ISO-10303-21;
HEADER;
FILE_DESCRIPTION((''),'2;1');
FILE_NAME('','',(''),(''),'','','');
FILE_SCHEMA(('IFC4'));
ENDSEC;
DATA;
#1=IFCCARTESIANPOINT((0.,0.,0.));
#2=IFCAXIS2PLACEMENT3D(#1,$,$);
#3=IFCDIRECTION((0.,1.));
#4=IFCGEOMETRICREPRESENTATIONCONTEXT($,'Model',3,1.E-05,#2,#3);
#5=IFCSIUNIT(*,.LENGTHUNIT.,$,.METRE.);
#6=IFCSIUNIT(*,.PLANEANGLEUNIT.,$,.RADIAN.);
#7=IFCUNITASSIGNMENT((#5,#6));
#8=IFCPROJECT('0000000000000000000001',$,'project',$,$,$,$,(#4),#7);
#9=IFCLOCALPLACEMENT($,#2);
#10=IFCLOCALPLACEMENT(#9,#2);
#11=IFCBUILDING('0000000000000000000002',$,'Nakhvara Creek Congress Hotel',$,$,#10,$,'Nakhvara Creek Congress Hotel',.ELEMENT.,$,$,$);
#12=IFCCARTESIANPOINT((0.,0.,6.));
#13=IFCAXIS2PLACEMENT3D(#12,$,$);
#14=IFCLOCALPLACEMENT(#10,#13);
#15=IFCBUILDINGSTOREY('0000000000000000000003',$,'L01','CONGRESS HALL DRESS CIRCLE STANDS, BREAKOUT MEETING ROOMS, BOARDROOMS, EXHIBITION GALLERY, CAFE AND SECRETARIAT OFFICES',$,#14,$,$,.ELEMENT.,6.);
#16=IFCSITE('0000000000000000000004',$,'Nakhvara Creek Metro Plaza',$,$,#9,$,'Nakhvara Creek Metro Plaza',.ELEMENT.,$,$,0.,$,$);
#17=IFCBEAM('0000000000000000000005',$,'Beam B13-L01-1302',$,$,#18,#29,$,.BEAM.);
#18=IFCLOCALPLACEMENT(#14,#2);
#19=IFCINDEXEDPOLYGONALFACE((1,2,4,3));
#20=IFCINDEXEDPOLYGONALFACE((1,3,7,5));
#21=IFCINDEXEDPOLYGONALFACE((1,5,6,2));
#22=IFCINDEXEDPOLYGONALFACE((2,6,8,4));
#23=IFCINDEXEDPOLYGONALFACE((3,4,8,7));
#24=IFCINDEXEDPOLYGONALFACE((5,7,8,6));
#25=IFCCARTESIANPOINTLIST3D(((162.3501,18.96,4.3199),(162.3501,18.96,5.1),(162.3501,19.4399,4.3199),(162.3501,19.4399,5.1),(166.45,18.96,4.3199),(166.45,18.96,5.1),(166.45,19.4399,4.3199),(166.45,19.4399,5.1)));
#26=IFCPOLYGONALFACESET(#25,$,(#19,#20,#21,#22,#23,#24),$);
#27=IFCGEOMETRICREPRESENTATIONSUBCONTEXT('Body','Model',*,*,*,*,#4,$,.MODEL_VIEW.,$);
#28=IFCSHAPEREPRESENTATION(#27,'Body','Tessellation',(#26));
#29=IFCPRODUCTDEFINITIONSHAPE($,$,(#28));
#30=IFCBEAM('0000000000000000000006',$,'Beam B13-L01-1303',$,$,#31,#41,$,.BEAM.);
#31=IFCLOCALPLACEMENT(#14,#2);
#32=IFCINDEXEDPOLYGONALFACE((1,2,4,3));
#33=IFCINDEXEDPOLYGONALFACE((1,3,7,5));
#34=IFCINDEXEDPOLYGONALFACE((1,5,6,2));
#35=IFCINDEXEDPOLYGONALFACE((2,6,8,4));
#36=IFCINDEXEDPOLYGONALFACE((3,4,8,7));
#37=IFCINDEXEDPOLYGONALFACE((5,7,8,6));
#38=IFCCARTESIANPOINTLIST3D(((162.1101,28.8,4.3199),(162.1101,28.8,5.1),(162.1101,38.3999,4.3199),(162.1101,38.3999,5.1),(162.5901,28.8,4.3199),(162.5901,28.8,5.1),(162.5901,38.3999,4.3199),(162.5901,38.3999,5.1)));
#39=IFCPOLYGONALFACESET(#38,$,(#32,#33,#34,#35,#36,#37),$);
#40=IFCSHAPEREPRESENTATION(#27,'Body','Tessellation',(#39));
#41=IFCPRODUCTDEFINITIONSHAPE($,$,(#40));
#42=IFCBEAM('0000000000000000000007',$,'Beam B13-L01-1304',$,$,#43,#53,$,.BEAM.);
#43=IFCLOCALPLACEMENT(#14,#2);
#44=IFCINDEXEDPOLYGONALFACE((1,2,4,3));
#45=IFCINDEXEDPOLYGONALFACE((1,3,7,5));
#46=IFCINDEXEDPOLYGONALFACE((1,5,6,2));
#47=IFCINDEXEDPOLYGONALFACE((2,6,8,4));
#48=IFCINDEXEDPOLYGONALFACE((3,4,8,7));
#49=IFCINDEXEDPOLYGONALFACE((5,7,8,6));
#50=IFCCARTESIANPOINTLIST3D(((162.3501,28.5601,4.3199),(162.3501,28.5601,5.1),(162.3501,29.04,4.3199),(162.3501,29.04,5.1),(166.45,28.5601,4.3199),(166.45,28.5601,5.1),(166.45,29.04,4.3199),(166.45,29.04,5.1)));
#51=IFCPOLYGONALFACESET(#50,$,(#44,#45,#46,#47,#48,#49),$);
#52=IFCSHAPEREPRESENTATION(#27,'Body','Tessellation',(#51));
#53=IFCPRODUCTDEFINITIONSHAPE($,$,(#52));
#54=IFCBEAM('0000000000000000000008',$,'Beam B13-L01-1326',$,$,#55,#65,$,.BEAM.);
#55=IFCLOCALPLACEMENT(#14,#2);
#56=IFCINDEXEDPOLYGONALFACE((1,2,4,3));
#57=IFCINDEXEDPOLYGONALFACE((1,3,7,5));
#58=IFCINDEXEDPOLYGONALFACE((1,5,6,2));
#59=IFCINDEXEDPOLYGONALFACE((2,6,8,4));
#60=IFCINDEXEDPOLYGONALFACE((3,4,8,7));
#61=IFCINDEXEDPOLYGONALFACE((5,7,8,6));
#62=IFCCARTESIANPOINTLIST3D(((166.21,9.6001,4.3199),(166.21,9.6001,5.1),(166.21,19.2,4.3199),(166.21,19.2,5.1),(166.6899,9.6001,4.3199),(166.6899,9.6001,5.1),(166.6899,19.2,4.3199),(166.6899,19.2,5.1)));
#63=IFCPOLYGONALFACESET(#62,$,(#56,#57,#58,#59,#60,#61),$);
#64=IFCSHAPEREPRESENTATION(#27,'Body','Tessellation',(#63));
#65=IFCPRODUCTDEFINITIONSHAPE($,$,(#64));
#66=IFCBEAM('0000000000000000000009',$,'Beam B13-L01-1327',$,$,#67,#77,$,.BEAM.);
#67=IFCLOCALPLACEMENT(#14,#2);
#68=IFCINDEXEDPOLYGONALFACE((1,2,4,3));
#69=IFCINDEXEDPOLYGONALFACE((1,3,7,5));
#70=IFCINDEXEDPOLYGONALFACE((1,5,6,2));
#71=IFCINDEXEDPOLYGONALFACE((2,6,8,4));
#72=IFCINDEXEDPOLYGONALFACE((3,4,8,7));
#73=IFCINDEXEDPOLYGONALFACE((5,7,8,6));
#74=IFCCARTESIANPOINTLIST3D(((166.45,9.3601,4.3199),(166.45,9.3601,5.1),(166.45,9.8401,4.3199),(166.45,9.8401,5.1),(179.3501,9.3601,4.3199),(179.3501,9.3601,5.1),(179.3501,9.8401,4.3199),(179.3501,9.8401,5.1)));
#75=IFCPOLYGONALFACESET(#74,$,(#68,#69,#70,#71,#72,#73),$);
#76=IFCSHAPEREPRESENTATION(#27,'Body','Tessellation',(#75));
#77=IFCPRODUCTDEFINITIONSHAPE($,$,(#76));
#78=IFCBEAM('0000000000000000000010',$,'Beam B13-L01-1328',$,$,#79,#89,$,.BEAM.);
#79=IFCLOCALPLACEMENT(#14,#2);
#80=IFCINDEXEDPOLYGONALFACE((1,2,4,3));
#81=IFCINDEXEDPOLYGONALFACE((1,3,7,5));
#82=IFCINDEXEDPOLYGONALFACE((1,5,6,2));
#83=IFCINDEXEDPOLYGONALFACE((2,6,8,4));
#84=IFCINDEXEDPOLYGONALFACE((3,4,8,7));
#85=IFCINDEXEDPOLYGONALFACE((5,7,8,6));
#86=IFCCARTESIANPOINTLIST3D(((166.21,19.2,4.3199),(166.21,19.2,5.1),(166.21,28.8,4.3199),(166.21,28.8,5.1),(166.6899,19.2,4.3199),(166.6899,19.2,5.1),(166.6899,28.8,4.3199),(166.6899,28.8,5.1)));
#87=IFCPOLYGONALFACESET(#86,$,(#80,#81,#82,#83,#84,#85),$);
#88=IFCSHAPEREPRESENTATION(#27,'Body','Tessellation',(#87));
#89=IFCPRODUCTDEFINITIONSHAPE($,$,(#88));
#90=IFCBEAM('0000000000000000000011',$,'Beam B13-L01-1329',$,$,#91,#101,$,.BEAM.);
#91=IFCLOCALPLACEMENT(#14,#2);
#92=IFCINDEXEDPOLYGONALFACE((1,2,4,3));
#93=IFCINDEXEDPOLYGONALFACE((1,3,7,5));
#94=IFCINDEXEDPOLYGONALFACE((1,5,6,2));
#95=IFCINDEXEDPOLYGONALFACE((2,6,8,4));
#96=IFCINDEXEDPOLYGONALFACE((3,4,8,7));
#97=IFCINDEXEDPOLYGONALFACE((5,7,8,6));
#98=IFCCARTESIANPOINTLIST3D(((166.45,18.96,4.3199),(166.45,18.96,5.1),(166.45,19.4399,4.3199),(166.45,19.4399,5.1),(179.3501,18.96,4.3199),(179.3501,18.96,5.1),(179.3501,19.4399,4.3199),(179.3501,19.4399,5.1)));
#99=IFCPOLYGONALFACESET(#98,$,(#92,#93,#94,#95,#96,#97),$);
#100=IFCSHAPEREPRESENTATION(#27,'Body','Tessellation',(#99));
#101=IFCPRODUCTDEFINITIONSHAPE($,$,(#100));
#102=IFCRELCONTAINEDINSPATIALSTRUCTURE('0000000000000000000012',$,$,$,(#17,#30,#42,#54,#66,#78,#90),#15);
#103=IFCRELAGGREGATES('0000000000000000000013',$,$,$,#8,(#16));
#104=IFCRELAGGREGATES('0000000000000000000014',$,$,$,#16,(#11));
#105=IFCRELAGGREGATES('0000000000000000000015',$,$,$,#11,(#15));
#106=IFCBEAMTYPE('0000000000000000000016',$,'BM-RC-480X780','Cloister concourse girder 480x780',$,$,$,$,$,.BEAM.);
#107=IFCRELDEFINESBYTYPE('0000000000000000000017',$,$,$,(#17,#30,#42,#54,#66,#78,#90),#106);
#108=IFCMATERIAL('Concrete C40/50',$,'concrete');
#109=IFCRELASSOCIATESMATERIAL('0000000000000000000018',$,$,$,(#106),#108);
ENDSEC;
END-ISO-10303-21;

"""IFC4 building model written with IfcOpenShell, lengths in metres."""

from ifc_helpers import new_model, si_unit, direction, frame, origin, origin_2d, place, context, subcontext, project, spatial, rectangle, extrude, material, material_profile, profile_set, type_object, element, save


model = new_model("IFC4")

# Units and contexts
model_context = context("Model", 3, precision=1e-05, world=origin(), true_north=direction((0.0, 1.0)))
body_context = subcontext(model_context, "Body", "Model", "MODEL_VIEW")
ifc_project = project(units=[si_unit("LENGTHUNIT", "METRE"), si_unit("PLANEANGLEUNIT", "RADIAN")], contexts=[model_context])

# Site, building, storey
site_placement = place(None, origin())
site = spatial("IfcSite", under=ifc_project, at=site_placement, Name="Nakhvara Creek Metro Plaza", LongName="Nakhvara Creek Metro Plaza", CompositionType="ELEMENT", RefElevation=0.0)
building_placement = place(site_placement, origin())
building = spatial("IfcBuilding", under=site, at=building_placement, Name="Nakhvara Creek Congress Hotel", LongName="Nakhvara Creek Congress Hotel", CompositionType="ELEMENT")
storey_placement = place(building_placement, frame((0.0, 0.0, 6.0)))
storey = spatial("IfcBuildingStorey", under=building, at=storey_placement, Name="L01", Description="CONGRESS HALL DRESS CIRCLE STANDS, BREAKOUT MEETING ROOMS, BOARDROOMS, EXHIBITION GALLERY, CAFE AND SECRETARIAT OFFICES", CompositionType="ELEMENT", Elevation=6.0)

# Beams
ifc_material_1 = material(Name="Concrete C40/50", Category="concrete")
ifc_material_profile_1 = material_profile(ifc_material_1, rectangle(XDim=0.48, YDim=0.78, at=origin_2d()), Name="RC-BM 480x780", Category="LoadBearing")
ifc_profile_set_1 = profile_set([ifc_material_profile_1], Name="Concrete C40/50")
beam_type = type_object("IfcBeamType", Name="BM-RC-480X780", Description="Cloister concourse girder 480x780", PredefinedType="BEAM", material=ifc_profile_set_1)
beam_1_placement = place(storey_placement, frame((162.3501, 19.2, 4.71), z_axis=(1.0, 0.0, 0.0), x_axis=(0.0, 1.0, 0.0)))
element("IfcBeam", 1, at=beam_1_placement, inside=storey, type_object=beam_type, Name="Beam B13-L01-1302", PredefinedType="BEAM", context=body_context, shape_type="SweptSolid", body=[
    extrude(rectangle(XDim=0.48, YDim=0.78, at=origin_2d()), origin(), (0.0, 0.0, 1.0), 4.0999),
])
beam_2_placement = place(storey_placement, frame((162.3501, 28.8, 4.71), z_axis=(0.0, 1.0, 0.0), x_axis=(-1.0, 0.0, 0.0)))
element("IfcBeam", 2, at=beam_2_placement, inside=storey, type_object=beam_type, Name="Beam B13-L01-1303", PredefinedType="BEAM", context=body_context, shape_type="SweptSolid", body=[
    extrude(rectangle(XDim=0.48, YDim=0.78, at=origin_2d()), origin(), (0.0, 0.0, 1.0), 9.5999),
])
beam_3_placement = place(storey_placement, frame((162.3501, 28.8, 4.71), z_axis=(1.0, 0.0, 0.0), x_axis=(0.0, 1.0, 0.0)))
element("IfcBeam", 3, at=beam_3_placement, inside=storey, type_object=beam_type, Name="Beam B13-L01-1304", PredefinedType="BEAM", context=body_context, shape_type="SweptSolid", body=[
    extrude(rectangle(XDim=0.48, YDim=0.78, at=origin_2d()), origin(), (0.0, 0.0, 1.0), 4.0999),
])
beam_4_placement = place(storey_placement, frame((166.45, 9.6001, 4.71), z_axis=(0.0, 1.0, 0.0), x_axis=(-1.0, 0.0, 0.0)))
element("IfcBeam", 4, at=beam_4_placement, inside=storey, type_object=beam_type, Name="Beam B13-L01-1326", PredefinedType="BEAM", context=body_context, shape_type="SweptSolid", body=[
    extrude(rectangle(XDim=0.48, YDim=0.78, at=origin_2d()), origin(), (0.0, 0.0, 1.0), 9.5999),
])
beam_5_placement = place(storey_placement, frame((166.45, 9.6001, 4.71), z_axis=(1.0, 0.0, 0.0), x_axis=(0.0, 1.0, 0.0)))
element("IfcBeam", 5, at=beam_5_placement, inside=storey, type_object=beam_type, Name="Beam B13-L01-1327", PredefinedType="BEAM", context=body_context, shape_type="SweptSolid", body=[
    extrude(rectangle(XDim=0.48, YDim=0.78, at=origin_2d()), origin(), (0.0, 0.0, 1.0), 12.9001),
])
beam_6_placement = place(storey_placement, frame((166.45, 19.2, 4.71), z_axis=(0.0, 1.0, 0.0), x_axis=(-1.0, 0.0, 0.0)))
element("IfcBeam", 6, at=beam_6_placement, inside=storey, type_object=beam_type, Name="Beam B13-L01-1328", PredefinedType="BEAM", context=body_context, shape_type="SweptSolid", body=[
    extrude(rectangle(XDim=0.48, YDim=0.78, at=origin_2d()), origin(), (0.0, 0.0, 1.0), 9.6001),
])
beam_7_placement = place(storey_placement, frame((166.45, 19.2, 4.71), z_axis=(1.0, 0.0, 0.0), x_axis=(0.0, 1.0, 0.0)))
element("IfcBeam", 7, at=beam_7_placement, inside=storey, type_object=beam_type, Name="Beam B13-L01-1329", PredefinedType="BEAM", context=body_context, shape_type="SweptSolid", body=[
    extrude(rectangle(XDim=0.48, YDim=0.78, at=origin_2d()), origin(), (0.0, 0.0, 1.0), 12.9001),
])

save(model, "model.ifc")
